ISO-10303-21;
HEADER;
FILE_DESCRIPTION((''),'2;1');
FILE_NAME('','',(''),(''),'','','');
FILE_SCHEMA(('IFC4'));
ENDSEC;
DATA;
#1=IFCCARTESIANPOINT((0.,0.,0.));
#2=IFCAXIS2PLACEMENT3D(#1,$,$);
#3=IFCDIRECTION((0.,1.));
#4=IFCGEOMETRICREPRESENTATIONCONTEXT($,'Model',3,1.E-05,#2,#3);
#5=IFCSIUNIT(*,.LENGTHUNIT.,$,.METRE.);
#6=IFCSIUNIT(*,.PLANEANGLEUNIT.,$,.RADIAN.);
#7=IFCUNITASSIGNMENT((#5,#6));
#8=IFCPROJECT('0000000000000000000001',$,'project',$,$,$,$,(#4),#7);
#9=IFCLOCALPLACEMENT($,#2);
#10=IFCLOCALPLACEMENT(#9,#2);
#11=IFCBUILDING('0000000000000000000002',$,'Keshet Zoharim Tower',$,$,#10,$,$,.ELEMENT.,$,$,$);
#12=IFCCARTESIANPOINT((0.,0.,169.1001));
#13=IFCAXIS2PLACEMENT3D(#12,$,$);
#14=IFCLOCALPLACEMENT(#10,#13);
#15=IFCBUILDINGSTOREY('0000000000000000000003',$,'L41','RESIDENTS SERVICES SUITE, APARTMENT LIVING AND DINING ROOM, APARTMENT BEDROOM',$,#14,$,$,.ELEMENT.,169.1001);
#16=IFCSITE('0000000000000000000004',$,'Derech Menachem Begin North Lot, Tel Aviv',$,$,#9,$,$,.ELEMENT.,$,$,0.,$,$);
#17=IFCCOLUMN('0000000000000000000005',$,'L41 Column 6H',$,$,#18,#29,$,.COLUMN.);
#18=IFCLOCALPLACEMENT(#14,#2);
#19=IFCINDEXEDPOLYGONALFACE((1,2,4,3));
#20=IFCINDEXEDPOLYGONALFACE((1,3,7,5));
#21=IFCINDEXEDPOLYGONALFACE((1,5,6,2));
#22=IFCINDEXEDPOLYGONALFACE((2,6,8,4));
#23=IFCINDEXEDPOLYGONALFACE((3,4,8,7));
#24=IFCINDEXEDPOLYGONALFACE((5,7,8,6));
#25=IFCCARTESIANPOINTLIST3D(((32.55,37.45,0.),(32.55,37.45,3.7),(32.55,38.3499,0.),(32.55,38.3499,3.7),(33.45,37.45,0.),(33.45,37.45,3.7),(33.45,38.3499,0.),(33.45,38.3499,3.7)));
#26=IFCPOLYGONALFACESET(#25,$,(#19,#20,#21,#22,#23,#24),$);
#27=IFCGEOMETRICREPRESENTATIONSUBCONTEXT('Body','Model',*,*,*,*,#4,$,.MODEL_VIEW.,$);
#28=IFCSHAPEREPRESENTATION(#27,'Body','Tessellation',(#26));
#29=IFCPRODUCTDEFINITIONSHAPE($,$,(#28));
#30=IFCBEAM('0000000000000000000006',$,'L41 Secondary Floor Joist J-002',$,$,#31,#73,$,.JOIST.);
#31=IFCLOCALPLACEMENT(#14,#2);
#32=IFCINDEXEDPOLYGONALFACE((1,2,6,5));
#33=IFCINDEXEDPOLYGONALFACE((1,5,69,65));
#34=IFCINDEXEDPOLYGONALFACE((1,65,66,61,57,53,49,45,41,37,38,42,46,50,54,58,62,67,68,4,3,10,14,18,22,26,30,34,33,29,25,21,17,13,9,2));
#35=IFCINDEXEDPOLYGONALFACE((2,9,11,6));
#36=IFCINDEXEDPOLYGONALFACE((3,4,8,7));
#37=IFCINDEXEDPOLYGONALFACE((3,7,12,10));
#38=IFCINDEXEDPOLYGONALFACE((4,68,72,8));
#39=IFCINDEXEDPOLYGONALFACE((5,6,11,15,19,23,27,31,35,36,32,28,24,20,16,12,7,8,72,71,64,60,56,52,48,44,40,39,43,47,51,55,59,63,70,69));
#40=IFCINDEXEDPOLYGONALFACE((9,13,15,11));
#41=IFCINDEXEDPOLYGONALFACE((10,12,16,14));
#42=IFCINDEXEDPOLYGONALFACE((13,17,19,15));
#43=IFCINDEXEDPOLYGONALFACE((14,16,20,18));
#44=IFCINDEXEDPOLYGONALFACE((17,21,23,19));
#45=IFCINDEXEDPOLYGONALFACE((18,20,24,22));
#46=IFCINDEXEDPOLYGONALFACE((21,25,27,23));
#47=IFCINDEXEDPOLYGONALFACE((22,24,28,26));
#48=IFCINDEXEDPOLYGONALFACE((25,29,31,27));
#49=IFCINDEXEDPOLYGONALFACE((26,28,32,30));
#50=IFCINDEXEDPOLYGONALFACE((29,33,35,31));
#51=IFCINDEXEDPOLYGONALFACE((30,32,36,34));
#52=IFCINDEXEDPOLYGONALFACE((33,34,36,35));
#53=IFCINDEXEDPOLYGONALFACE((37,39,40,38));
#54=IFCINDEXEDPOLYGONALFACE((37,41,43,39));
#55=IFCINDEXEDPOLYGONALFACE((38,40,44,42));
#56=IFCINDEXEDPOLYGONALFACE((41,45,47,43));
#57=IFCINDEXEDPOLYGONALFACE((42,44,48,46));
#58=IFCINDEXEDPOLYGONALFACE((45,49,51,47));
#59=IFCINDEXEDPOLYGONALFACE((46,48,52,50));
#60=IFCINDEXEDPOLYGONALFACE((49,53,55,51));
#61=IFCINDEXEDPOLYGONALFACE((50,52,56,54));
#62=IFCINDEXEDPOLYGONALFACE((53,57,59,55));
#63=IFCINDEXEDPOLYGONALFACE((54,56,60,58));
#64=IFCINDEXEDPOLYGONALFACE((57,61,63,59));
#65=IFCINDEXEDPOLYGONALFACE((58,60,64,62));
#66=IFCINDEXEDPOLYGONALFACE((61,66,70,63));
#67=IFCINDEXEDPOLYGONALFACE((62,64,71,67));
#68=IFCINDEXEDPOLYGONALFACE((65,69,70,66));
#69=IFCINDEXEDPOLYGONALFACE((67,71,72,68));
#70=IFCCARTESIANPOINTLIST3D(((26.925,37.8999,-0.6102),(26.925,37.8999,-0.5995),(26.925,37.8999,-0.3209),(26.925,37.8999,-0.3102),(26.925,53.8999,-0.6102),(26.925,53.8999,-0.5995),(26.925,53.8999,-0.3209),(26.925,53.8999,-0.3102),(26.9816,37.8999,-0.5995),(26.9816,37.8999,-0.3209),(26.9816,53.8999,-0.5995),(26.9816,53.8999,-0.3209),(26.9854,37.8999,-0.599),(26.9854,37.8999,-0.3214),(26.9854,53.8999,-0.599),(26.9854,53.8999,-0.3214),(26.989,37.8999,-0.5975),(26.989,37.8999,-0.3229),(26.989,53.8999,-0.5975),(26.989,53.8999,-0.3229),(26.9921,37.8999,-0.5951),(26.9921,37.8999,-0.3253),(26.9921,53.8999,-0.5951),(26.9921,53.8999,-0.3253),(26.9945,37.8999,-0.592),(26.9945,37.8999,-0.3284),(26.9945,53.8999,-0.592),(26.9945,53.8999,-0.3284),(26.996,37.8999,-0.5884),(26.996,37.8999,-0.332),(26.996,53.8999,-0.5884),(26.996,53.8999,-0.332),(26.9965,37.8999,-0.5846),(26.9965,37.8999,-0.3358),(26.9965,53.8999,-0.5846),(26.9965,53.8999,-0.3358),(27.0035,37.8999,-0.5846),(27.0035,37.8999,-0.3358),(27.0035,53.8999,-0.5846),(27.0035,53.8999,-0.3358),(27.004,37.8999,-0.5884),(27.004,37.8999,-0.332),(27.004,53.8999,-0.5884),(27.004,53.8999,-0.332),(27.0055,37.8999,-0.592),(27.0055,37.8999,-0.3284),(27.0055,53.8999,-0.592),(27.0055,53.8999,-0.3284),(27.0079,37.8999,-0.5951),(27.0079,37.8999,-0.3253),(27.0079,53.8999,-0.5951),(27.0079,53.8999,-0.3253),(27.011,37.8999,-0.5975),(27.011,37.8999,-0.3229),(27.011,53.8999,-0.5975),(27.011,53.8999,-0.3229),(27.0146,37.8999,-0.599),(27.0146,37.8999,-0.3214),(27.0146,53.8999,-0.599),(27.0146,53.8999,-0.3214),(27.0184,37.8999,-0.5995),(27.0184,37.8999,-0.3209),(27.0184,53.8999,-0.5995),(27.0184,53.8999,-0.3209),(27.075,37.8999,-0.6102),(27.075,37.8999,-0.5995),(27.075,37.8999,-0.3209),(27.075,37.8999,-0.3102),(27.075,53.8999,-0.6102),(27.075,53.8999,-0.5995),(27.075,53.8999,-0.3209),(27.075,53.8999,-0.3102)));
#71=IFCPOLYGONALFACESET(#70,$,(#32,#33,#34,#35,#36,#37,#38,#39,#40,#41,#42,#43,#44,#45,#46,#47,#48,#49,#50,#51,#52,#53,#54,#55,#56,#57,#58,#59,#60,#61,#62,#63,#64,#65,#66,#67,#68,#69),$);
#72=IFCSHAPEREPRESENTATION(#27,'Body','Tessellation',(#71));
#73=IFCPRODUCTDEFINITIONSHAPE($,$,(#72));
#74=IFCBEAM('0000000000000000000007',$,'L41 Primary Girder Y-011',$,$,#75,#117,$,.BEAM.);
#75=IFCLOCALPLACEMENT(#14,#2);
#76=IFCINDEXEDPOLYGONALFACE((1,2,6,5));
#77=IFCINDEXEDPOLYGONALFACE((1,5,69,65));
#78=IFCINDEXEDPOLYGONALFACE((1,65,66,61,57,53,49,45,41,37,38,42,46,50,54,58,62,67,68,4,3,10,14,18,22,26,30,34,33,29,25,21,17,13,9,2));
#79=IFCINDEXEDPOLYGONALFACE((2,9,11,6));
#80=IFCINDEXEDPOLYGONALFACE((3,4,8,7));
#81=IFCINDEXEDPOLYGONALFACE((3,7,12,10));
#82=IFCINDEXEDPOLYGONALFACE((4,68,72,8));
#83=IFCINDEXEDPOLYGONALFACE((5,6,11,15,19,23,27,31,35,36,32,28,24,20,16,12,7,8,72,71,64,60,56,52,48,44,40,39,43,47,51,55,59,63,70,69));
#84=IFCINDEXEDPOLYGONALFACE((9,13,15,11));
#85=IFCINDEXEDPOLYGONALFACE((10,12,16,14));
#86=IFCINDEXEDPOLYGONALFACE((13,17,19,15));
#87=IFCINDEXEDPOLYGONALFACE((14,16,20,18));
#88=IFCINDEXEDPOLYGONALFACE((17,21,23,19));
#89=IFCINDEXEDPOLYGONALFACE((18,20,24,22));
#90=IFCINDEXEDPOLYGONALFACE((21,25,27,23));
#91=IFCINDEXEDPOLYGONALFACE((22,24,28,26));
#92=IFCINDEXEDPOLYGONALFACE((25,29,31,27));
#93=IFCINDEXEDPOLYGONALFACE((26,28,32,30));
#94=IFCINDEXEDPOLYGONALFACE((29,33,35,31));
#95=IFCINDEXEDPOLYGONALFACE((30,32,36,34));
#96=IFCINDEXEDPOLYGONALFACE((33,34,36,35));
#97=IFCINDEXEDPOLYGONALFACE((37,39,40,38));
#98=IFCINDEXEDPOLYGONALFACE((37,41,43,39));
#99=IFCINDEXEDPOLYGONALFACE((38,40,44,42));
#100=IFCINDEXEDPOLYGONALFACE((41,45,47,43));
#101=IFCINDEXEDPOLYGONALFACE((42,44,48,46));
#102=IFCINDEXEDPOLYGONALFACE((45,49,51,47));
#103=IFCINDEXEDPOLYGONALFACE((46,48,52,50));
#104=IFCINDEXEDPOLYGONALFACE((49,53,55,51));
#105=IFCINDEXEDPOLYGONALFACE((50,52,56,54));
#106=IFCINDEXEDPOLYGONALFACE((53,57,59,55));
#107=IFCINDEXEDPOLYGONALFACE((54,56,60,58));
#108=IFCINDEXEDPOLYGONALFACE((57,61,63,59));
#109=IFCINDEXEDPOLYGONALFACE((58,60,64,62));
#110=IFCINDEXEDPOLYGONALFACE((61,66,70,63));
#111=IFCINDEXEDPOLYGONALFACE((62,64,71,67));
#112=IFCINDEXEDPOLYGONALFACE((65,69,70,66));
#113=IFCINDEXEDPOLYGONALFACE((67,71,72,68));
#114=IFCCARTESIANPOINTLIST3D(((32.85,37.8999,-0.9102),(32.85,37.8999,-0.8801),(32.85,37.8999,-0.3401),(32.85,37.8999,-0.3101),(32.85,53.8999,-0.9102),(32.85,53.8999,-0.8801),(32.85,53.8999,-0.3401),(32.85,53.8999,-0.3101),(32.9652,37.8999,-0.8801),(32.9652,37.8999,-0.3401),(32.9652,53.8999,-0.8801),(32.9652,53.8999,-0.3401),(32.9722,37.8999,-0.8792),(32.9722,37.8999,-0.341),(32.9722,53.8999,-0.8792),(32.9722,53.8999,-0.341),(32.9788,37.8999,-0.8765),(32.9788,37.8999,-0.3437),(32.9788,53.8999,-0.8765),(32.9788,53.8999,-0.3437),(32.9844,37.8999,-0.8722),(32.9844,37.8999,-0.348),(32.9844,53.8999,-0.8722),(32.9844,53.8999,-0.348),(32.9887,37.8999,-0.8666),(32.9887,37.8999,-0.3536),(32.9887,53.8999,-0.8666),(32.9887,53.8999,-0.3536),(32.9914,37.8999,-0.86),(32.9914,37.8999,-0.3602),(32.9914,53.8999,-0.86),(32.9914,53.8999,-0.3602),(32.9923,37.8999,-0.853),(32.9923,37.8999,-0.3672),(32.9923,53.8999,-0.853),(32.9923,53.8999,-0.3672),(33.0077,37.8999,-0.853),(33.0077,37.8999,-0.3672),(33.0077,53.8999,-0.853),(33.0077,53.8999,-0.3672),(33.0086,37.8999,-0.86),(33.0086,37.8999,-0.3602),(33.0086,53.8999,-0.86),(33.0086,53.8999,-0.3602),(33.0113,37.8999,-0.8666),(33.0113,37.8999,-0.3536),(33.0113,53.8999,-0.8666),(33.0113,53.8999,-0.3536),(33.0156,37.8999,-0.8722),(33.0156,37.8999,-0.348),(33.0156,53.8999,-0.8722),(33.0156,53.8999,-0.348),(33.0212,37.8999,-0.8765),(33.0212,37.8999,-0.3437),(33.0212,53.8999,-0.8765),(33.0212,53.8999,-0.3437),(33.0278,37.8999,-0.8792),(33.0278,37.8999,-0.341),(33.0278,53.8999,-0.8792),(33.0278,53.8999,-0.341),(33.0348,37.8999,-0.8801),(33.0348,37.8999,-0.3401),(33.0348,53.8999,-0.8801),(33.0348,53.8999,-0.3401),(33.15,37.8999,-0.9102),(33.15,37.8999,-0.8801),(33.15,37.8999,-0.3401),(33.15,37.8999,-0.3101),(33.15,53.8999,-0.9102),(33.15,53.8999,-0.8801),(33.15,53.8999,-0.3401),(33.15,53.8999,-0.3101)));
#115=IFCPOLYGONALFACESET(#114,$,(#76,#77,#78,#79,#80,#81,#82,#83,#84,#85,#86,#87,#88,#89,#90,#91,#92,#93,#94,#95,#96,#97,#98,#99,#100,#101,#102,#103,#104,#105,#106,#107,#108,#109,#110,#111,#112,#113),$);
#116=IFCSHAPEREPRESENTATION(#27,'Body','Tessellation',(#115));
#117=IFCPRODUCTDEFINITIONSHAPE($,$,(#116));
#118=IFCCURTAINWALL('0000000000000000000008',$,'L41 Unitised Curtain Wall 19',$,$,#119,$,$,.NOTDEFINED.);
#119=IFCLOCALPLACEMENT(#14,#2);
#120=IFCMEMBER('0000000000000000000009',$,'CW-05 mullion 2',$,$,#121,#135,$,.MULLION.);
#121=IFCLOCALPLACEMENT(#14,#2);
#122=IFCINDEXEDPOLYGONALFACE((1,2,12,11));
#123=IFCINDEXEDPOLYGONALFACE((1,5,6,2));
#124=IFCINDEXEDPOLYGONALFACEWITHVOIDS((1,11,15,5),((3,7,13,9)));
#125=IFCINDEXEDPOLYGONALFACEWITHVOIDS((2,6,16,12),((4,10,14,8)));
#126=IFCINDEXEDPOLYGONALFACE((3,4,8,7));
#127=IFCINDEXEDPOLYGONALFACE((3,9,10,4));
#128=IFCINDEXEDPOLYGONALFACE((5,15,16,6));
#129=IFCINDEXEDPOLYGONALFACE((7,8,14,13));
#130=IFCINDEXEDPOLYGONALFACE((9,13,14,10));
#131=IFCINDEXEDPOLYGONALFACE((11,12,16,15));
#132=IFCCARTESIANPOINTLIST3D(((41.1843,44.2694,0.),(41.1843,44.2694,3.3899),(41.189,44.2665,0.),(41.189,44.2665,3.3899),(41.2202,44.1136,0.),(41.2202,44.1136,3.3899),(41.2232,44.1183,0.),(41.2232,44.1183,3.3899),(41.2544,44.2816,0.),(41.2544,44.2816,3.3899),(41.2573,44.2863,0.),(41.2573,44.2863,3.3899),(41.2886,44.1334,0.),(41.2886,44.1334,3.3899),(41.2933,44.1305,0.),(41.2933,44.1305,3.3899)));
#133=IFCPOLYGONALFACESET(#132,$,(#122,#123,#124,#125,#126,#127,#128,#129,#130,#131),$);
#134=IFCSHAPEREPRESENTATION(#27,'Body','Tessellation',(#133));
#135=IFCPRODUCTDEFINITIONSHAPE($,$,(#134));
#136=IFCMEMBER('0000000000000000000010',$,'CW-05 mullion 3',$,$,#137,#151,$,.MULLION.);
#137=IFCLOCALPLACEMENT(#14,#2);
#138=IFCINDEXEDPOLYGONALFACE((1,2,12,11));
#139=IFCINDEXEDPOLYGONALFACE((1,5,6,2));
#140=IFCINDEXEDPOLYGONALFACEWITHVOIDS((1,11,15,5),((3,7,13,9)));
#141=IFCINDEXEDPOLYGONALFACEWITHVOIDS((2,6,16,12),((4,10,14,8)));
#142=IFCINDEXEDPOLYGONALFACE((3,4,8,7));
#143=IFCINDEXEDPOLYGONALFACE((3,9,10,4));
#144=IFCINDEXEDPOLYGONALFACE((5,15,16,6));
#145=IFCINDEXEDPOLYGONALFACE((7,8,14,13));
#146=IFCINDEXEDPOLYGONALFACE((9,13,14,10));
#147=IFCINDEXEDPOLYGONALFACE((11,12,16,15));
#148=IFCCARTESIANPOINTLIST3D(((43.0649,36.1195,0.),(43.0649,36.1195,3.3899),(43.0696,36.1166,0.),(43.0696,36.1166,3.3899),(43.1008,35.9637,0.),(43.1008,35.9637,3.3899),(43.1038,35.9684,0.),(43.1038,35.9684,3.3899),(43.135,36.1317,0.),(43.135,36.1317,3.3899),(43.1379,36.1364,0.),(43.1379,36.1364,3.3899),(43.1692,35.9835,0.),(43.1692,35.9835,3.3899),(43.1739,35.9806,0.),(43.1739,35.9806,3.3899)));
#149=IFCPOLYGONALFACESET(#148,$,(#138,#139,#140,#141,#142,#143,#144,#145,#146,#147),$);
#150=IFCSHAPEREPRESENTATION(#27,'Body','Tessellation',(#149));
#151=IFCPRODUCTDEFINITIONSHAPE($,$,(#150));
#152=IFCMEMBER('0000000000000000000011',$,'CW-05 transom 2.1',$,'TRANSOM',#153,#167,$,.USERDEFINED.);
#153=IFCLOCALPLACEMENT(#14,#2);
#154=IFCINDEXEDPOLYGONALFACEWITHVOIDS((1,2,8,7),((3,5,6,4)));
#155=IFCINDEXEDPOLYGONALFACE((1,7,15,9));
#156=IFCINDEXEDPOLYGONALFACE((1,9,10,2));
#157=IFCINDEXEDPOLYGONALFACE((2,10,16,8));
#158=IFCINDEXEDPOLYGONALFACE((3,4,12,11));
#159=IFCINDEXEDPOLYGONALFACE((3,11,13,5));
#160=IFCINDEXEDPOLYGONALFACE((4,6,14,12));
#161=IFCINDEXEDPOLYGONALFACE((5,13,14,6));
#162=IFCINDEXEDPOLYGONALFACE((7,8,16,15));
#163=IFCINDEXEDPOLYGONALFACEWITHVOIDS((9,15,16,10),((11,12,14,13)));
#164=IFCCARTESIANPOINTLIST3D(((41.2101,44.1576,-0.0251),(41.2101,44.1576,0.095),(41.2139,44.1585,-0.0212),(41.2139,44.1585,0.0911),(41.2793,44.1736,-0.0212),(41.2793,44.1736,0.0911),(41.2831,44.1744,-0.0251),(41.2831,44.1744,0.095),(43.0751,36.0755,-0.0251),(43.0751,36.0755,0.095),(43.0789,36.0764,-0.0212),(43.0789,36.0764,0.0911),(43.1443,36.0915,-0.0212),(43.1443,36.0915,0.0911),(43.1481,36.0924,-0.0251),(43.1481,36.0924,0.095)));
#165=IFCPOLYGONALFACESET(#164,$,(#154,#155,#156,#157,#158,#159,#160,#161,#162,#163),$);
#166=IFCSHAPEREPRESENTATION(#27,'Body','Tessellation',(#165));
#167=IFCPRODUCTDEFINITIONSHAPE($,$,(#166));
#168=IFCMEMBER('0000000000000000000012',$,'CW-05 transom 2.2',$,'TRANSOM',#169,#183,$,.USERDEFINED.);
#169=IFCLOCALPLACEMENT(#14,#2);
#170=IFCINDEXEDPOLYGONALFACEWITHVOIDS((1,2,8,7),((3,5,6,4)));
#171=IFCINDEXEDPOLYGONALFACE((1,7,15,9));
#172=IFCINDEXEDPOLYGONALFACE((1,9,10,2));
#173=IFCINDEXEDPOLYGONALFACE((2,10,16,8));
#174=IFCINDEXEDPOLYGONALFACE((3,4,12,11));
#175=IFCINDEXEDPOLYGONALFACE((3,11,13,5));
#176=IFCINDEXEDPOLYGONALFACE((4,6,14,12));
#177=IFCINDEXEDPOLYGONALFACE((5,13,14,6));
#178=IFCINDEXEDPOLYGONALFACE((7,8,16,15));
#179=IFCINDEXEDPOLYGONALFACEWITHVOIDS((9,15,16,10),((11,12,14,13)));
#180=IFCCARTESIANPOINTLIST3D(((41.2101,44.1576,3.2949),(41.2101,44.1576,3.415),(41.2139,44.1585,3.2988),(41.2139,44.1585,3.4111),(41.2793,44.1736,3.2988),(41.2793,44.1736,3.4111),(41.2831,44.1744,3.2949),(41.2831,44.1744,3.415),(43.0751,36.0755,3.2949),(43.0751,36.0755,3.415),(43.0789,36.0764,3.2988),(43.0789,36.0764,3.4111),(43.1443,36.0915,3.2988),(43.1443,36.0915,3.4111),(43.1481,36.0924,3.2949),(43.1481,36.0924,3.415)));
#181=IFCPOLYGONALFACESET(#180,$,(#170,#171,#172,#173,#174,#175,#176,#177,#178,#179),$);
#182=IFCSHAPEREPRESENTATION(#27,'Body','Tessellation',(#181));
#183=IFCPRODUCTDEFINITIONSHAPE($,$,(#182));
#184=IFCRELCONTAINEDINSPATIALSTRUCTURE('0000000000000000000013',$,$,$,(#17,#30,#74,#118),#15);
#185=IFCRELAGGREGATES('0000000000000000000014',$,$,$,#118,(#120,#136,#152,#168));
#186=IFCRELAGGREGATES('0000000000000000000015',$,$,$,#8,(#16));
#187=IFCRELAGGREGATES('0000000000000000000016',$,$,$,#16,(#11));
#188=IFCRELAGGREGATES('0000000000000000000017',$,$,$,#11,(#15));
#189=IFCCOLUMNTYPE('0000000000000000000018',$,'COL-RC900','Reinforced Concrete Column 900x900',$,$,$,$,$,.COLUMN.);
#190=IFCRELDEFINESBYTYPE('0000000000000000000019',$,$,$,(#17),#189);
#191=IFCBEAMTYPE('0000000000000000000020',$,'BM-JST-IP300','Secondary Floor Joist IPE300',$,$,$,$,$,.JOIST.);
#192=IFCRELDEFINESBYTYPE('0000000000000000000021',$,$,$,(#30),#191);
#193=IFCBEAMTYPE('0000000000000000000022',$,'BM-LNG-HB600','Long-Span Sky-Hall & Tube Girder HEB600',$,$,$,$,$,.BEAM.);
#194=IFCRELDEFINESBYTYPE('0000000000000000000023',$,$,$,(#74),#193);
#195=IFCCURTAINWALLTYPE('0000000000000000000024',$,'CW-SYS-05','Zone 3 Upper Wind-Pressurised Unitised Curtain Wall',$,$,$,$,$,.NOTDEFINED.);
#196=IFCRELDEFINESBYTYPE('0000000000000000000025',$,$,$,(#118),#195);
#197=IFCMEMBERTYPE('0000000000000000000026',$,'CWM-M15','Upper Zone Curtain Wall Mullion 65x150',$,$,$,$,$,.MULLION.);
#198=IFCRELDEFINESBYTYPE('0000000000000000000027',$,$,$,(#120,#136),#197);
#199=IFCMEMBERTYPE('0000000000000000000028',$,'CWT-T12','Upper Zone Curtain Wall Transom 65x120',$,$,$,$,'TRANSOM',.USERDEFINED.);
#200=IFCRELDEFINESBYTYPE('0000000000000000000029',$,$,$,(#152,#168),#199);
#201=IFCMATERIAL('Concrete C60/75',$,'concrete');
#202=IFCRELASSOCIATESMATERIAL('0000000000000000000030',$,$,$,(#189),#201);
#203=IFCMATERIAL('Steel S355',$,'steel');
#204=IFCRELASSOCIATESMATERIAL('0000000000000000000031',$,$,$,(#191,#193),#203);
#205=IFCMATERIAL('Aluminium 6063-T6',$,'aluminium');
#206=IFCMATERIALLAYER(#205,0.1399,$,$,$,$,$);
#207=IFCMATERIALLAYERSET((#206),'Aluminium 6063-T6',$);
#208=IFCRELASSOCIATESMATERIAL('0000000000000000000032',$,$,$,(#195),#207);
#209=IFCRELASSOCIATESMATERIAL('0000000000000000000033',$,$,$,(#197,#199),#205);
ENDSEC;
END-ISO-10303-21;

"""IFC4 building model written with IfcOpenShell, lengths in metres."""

from ifc_helpers import new_model, si_unit, direction, frame, origin, origin_2d, place, context, subcontext, project, spatial, rectangle, hollow_rectangle, i_section, extrude, material, layer, layer_set, material_profile, profile_set, type_object, element, aggregate, save


model = new_model("IFC4")

# Units and contexts
model_context = context("Model", 3, precision=1e-05, world=origin(), true_north=direction((0.0, 1.0)))
body_context = subcontext(model_context, "Body", "Model", "MODEL_VIEW")
ifc_project = project(units=[si_unit("LENGTHUNIT", "METRE"), si_unit("PLANEANGLEUNIT", "RADIAN")], contexts=[model_context])

# Site, building, storey
site_placement = place(None, origin())
site = spatial("IfcSite", under=ifc_project, at=site_placement, Name="Derech Menachem Begin North Lot, Tel Aviv", CompositionType="ELEMENT", RefElevation=0.0)
building_placement = place(site_placement, origin())
building = spatial("IfcBuilding", under=site, at=building_placement, Name="Keshet Zoharim Tower", CompositionType="ELEMENT")
storey_placement = place(building_placement, frame((0.0, 0.0, 169.1001)))
storey = spatial("IfcBuildingStorey", under=building, at=storey_placement, Name="L41", Description="RESIDENTS SERVICES SUITE, APARTMENT LIVING AND DINING ROOM, APARTMENT BEDROOM", CompositionType="ELEMENT", Elevation=169.1001)

# Column
ifc_material_1 = material(Name="Concrete C60/75", Category="concrete")
ifc_material_profile_1 = material_profile(ifc_material_1, rectangle(XDim=0.8999, YDim=0.8999, at=origin_2d()), Name="RC900x900")
ifc_profile_set_1 = profile_set([ifc_material_profile_1], Name="Concrete C60/75")
column_type = type_object("IfcColumnType", Name="COL-RC900", Description="Reinforced Concrete Column 900x900", PredefinedType="COLUMN", material=ifc_profile_set_1)
column_placement = place(storey_placement, frame((33.0, 37.8999, 0.0), z_axis=(0.0, 0.0, 1.0), x_axis=(1.0, 0.0, 0.0)))
element("IfcColumn", 1, at=column_placement, inside=storey, type_object=column_type, Name="L41 Column 6H", PredefinedType="COLUMN", context=body_context, shape_type="SweptSolid", body=[
    extrude(rectangle(XDim=0.8999, YDim=0.8999, at=origin_2d()), origin(), (0.0, 0.0, 1.0), 3.7),
])

# Beams
ifc_material_2 = material(Name="Steel S355", Category="steel")
ifc_material_profile_2 = material_profile(ifc_material_2, i_section(OverallWidth=0.1499, OverallDepth=0.3, WebThickness=0.0071, FlangeThickness=0.0107, FilletRadius=0.0149, at=origin_2d()), Name="IPE300")
ifc_profile_set_2 = profile_set([ifc_material_profile_2], Name="Steel S355")
beam_type_1 = type_object("IfcBeamType", Name="BM-JST-IP300", Description="Secondary Floor Joist IPE300", PredefinedType="JOIST", material=ifc_profile_set_2)
beam_1_placement = place(storey_placement, frame((27.0, 37.8999, -0.4602), z_axis=(0.0, 1.0, 0.0), x_axis=(-1.0, 0.0, 0.0)))
element("IfcBeam", 2, at=beam_1_placement, inside=storey, type_object=beam_type_1, Name="L41 Secondary Floor Joist J-002", PredefinedType="JOIST", context=body_context, shape_type="SweptSolid", body=[
    extrude(i_section(OverallWidth=0.1499, OverallDepth=0.3, WebThickness=0.0071, FlangeThickness=0.0107, FilletRadius=0.0149, at=origin_2d()), origin(), (0.0, 0.0, 1.0), 16.0),
])
ifc_material_profile_3 = material_profile(ifc_material_2, i_section(OverallWidth=0.3, OverallDepth=0.6001, WebThickness=0.0154, FlangeThickness=0.03, FilletRadius=0.0271, at=origin_2d()), Name="HEB600")
ifc_profile_set_3 = profile_set([ifc_material_profile_3], Name="Steel S355")
beam_type_2 = type_object("IfcBeamType", Name="BM-LNG-HB600", Description="Long-Span Sky-Hall & Tube Girder HEB600", PredefinedType="BEAM", material=ifc_profile_set_3)
beam_2_placement = place(storey_placement, frame((33.0, 37.8999, -0.6101), z_axis=(0.0, 1.0, 0.0), x_axis=(-1.0, 0.0, 0.0)))
element("IfcBeam", 3, at=beam_2_placement, inside=storey, type_object=beam_type_2, Name="L41 Primary Girder Y-011", PredefinedType="BEAM", context=body_context, shape_type="SweptSolid", body=[
    extrude(i_section(OverallWidth=0.3, OverallDepth=0.6001, WebThickness=0.0154, FlangeThickness=0.03, FilletRadius=0.0271, at=origin_2d()), origin(), (0.0, 0.0, 1.0), 16.0),
])

# Curtain wall, members
ifc_material_3 = material(Name="Aluminium 6063-T6", Category="aluminium")
ifc_layer_1 = layer(ifc_material_3, 0.1399)
ifc_layer_set_1 = layer_set([ifc_layer_1], Name="Aluminium 6063-T6")
curtain_wall_type = type_object("IfcCurtainWallType", Name="CW-SYS-05", Description="Zone 3 Upper Wind-Pressurised Unitised Curtain Wall", PredefinedType="NOTDEFINED", material=ifc_layer_set_1)
curtain_wall_placement = place(storey_placement, origin())
curtain_wall = element("IfcCurtainWall", 4, at=curtain_wall_placement, inside=storey, type_object=curtain_wall_type, Name="L41 Unitised Curtain Wall 19", PredefinedType="NOTDEFINED")
ifc_material_profile_4 = material_profile(ifc_material_3, hollow_rectangle(XDim=0.075, YDim=0.1599, WallThickness=0.0039, at=origin_2d()), Name="MUL-75x160")
ifc_profile_set_4 = profile_set([ifc_material_profile_4], Name="Aluminium 6063-T6")
member_type_1 = type_object("IfcMemberType", Name="CWM-M15", Description="Upper Zone Curtain Wall Mullion 65x150", PredefinedType="MULLION", material=ifc_profile_set_4)
member_1_placement = place(storey_placement, frame((41.2388, 44.2, 0.0), z_axis=(0.0, 0.0, 1.0), x_axis=(0.974394, 0.224848, 0.0)))
member_1 = element("IfcMember", 5, at=member_1_placement, type_object=member_type_1, Name="CW-05 mullion 2", PredefinedType="MULLION", context=body_context, shape_type="SweptSolid", body=[
    extrude(hollow_rectangle(XDim=0.075, YDim=0.1599, WallThickness=0.0039, at=origin_2d()), origin(), (0.0, 0.0, 1.0), 3.3899),
])
member_2_placement = place(storey_placement, frame((43.1194, 36.05, 0.0), z_axis=(0.0, 0.0, 1.0), x_axis=(0.974394, 0.224848, 0.0)))
member_2 = element("IfcMember", 6, at=member_2_placement, type_object=member_type_1, Name="CW-05 mullion 3", PredefinedType="MULLION", context=body_context, shape_type="SweptSolid", body=[
    extrude(hollow_rectangle(XDim=0.075, YDim=0.1599, WallThickness=0.0039, at=origin_2d()), origin(), (0.0, 0.0, 1.0), 3.3899),
])
ifc_material_profile_5 = material_profile(ifc_material_3, hollow_rectangle(XDim=0.075, YDim=0.1201, WallThickness=0.0039, at=origin_2d()), Name="TRN-75x120")
ifc_profile_set_5 = profile_set([ifc_material_profile_5], Name="Aluminium 6063-T6")
member_type_2 = type_object("IfcMemberType", Name="CWT-T12", Description="Upper Zone Curtain Wall Transom 65x120", ElementType="TRANSOM", PredefinedType="USERDEFINED", material=ifc_profile_set_5)
member_3_placement = place(storey_placement, frame((41.2466, 44.166, 0.0349), z_axis=(0.224849, -0.974394, 0.0), x_axis=(0.974394, 0.224849, 0.0)))
member_3 = element("IfcMember", 7, at=member_3_placement, type_object=member_type_2, Name="CW-05 transom 2.1", ObjectType="TRANSOM", PredefinedType="USERDEFINED", context=body_context, shape_type="SweptSolid", body=[
    extrude(hollow_rectangle(XDim=0.075, YDim=0.1201, WallThickness=0.0039, at=origin_2d()), origin(), (0.0, 0.0, 1.0), 8.2944),
])
member_4_placement = place(storey_placement, frame((41.2466, 44.166, 3.355), z_axis=(0.224849, -0.974394, 0.0), x_axis=(0.974394, 0.224849, 0.0)))
member_4 = element("IfcMember", 8, at=member_4_placement, type_object=member_type_2, Name="CW-05 transom 2.2", ObjectType="TRANSOM", PredefinedType="USERDEFINED", context=body_context, shape_type="SweptSolid", body=[
    extrude(hollow_rectangle(XDim=0.075, YDim=0.1201, WallThickness=0.0039, at=origin_2d()), origin(), (0.0, 0.0, 1.0), 8.2944),
])
aggregate(curtain_wall, [member_1, member_2, member_3, member_4])

save(model, "model.ifc")
